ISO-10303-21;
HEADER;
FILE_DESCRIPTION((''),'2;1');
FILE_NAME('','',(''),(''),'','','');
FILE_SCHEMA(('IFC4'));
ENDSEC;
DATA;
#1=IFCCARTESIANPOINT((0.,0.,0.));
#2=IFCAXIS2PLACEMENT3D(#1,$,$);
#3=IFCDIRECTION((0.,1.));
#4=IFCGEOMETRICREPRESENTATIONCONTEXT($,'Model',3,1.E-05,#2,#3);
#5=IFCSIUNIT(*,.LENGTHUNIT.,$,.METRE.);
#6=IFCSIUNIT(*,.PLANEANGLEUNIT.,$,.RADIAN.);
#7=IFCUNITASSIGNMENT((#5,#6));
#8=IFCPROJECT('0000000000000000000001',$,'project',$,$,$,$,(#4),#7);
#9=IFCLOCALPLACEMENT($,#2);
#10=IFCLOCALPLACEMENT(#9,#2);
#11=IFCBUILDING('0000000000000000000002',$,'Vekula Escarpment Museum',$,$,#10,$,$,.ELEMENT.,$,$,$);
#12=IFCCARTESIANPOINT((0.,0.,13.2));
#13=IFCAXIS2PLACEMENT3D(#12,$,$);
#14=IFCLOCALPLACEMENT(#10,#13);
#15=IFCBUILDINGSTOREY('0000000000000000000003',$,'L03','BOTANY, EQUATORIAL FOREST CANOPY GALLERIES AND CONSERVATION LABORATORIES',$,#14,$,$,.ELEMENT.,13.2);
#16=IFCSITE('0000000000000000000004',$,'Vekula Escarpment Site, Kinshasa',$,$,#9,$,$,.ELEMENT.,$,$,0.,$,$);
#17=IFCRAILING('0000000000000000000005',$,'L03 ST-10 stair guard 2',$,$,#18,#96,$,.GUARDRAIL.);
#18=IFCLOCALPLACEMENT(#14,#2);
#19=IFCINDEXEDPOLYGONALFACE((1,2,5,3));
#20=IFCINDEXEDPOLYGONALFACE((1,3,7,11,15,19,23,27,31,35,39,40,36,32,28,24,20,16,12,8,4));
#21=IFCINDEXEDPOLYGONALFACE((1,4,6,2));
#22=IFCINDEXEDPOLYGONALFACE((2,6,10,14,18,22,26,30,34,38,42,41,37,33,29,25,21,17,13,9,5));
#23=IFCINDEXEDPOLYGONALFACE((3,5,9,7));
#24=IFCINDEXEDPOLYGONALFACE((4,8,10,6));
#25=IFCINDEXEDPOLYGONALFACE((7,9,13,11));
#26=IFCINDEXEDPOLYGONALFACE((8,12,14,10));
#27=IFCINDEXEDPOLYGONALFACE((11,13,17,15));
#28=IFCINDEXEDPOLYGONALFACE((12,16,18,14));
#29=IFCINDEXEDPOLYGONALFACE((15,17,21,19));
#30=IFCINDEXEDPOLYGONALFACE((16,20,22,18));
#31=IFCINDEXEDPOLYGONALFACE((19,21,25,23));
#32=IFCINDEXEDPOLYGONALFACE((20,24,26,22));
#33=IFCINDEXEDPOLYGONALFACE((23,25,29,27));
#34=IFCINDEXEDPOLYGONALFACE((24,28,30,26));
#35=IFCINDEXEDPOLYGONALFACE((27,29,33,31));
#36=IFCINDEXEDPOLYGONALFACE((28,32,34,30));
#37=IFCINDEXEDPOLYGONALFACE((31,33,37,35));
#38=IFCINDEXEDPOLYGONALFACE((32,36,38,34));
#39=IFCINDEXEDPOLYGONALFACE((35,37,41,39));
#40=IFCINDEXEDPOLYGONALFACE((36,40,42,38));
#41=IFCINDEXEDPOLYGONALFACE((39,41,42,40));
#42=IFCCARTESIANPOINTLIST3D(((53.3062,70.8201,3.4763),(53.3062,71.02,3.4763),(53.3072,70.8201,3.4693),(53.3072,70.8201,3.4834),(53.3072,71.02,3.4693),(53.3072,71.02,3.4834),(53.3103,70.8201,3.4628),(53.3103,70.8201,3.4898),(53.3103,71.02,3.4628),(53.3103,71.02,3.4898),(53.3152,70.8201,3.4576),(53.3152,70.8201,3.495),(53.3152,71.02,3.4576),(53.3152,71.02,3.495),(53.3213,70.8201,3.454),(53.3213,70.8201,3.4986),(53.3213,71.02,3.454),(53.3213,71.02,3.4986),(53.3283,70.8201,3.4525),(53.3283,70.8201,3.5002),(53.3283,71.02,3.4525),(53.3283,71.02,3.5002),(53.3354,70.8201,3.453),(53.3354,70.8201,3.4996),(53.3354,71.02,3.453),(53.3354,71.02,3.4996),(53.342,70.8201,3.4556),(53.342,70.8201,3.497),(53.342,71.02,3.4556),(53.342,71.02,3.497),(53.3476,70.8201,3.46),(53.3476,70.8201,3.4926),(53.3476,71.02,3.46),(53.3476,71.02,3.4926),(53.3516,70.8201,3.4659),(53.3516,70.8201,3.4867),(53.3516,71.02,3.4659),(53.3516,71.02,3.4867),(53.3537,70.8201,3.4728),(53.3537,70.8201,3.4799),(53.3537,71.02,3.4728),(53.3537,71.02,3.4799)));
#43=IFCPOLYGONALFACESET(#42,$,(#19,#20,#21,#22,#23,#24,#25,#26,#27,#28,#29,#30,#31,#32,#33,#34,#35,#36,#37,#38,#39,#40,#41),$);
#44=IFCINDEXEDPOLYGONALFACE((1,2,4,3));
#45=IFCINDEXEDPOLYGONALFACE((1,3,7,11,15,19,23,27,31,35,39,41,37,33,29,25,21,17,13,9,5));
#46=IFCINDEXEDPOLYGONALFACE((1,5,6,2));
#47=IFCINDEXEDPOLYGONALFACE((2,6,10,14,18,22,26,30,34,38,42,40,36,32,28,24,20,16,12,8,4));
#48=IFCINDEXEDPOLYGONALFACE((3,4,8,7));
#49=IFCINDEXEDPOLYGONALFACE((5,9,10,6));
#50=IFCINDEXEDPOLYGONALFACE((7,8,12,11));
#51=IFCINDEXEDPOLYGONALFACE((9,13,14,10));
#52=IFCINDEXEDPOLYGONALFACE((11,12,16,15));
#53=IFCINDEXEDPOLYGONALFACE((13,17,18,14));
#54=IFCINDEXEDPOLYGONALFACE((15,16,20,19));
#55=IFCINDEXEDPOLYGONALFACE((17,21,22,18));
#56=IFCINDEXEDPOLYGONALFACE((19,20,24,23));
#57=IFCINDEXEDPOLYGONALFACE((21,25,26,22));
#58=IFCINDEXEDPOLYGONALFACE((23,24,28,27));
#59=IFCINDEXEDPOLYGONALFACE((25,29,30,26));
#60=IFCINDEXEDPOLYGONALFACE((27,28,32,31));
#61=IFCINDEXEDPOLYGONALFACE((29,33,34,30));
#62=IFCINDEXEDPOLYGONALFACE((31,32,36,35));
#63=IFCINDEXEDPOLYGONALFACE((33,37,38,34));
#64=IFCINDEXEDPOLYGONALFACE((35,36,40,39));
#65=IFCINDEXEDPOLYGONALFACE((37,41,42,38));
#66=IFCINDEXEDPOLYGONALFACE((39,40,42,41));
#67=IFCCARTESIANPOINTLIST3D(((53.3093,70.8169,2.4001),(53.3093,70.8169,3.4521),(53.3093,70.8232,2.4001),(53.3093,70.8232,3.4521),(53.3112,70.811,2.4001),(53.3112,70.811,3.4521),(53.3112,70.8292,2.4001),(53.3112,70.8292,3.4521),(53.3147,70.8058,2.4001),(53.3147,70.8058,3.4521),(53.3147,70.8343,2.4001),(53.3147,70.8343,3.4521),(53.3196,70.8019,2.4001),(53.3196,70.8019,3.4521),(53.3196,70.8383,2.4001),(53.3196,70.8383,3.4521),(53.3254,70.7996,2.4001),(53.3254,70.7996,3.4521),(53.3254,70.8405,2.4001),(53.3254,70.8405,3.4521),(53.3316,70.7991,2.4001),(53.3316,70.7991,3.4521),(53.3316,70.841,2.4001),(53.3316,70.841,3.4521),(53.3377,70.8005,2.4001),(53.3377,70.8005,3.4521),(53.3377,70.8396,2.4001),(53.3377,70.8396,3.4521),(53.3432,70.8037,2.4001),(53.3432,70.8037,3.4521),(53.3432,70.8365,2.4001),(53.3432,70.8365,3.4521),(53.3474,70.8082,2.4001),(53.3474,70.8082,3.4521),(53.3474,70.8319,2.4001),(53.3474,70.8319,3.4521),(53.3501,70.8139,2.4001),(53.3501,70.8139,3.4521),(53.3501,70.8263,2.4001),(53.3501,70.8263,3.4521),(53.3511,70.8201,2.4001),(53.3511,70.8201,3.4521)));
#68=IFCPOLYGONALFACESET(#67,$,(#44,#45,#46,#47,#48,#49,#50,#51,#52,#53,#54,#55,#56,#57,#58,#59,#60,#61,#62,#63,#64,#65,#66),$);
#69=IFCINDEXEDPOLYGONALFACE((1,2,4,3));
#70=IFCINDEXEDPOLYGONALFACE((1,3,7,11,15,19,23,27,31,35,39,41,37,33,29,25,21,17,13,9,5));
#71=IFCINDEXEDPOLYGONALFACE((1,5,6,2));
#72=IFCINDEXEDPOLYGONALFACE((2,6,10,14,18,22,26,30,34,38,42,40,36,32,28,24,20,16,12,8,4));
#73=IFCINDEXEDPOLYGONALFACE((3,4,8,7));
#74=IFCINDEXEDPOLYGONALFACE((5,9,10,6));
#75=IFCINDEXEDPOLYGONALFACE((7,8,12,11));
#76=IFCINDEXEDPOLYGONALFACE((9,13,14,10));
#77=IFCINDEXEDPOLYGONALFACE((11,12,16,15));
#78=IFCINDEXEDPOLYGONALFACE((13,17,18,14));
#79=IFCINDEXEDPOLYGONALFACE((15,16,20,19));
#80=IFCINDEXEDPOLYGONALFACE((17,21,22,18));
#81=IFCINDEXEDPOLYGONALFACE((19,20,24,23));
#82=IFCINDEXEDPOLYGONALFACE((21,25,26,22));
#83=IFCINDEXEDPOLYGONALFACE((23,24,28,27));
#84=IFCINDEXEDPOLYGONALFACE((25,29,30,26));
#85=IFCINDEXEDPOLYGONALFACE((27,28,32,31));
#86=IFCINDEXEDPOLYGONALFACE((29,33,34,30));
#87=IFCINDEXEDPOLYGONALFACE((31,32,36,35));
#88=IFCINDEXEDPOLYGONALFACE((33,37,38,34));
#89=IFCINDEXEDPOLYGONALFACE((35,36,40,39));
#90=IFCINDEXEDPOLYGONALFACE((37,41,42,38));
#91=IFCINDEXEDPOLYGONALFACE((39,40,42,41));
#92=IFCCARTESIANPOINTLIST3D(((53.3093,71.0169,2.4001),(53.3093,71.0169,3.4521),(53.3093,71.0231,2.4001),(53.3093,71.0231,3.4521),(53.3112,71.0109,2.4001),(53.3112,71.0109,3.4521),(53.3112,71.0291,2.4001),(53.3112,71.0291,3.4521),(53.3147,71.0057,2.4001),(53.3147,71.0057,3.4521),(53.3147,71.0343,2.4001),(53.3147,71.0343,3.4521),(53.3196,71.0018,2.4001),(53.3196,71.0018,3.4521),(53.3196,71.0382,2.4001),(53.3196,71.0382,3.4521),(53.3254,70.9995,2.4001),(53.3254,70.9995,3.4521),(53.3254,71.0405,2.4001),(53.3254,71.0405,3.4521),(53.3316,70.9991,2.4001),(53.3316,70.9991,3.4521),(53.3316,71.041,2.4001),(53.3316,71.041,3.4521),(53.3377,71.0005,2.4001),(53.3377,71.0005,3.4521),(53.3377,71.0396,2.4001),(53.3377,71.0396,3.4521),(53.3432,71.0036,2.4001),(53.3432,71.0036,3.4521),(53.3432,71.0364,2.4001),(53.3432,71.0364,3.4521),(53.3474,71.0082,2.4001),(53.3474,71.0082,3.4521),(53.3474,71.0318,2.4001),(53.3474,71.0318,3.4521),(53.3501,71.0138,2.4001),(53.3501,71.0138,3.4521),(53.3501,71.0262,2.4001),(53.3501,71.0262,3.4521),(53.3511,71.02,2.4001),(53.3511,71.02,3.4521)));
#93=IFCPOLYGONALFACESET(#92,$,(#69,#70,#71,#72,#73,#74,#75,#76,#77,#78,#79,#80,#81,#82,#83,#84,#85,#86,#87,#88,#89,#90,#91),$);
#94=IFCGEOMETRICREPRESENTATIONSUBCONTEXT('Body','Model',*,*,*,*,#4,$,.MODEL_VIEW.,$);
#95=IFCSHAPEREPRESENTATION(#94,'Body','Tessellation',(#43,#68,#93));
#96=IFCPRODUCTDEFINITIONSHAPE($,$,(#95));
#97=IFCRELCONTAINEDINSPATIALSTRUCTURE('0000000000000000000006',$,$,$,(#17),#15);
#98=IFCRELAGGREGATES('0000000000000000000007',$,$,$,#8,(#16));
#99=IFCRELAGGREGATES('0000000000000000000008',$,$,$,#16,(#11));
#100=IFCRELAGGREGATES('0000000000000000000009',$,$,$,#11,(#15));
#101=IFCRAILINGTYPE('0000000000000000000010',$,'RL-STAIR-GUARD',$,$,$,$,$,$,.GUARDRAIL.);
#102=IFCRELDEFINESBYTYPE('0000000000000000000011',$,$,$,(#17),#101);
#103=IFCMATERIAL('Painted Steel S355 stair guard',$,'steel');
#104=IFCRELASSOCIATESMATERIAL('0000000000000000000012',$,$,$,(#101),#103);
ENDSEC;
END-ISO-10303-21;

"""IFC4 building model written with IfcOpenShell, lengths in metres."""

from ifc_helpers import new_model, si_unit, direction, frame, origin, origin_2d, place, context, subcontext, project, spatial, circle, extrude, material, type_object, element, save


model = new_model("IFC4")

# Units and contexts
model_context = context("Model", 3, precision=1e-05, world=origin(), true_north=direction((0.0, 1.0)))
body_context = subcontext(model_context, "Body", "Model", "MODEL_VIEW")
ifc_project = project(units=[si_unit("LENGTHUNIT", "METRE"), si_unit("PLANEANGLEUNIT", "RADIAN")], contexts=[model_context])

# Site, building, storey
site_placement = place(None, origin())
site = spatial("IfcSite", under=ifc_project, at=site_placement, Name="Vekula Escarpment Site, Kinshasa", CompositionType="ELEMENT", RefElevation=0.0)
building_placement = place(site_placement, origin())
building = spatial("IfcBuilding", under=site, at=building_placement, Name="Vekula Escarpment Museum", CompositionType="ELEMENT")
storey_placement = place(building_placement, frame((0.0, 0.0, 13.2)))
storey = spatial("IfcBuildingStorey", under=building, at=storey_placement, Name="L03", Description="BOTANY, EQUATORIAL FOREST CANOPY GALLERIES AND CONSERVATION LABORATORIES", CompositionType="ELEMENT", Elevation=13.2)

# Railing
ifc_material_1 = material(Name="Painted Steel S355 stair guard", Category="steel")
railing_type_1 = type_object("IfcRailingType", Name="RL-STAIR-GUARD", PredefinedType="GUARDRAIL", material=ifc_material_1)
railing_1_placement = place(storey_placement, frame((53.3301, 70.8201, 2.4001)))
element("IfcRailing", 1, at=railing_1_placement, inside=storey, type_object=railing_type_1, Name="L03 ST-10 stair guard 2", PredefinedType="GUARDRAIL", context=body_context, shape_type="SweptSolid", body=[
    extrude(circle(Radius=0.0239, at=origin_2d()), frame((0.0, 0.0, 1.0762), z_axis=(0.0, 1.0, 0.0), x_axis=(-1.0, 0.0, 0.0)), (0.0, 0.0, 1.0), 0.2),
    extrude(circle(Radius=0.021, at=origin_2d()), origin(), (0.0, 0.0, 1.0), 1.052),
    extrude(circle(Radius=0.021, at=origin_2d()), frame((0.0, 0.2, 0.0)), (0.0, 0.0, 1.0), 1.052),
])

save(model, "model.ifc")
